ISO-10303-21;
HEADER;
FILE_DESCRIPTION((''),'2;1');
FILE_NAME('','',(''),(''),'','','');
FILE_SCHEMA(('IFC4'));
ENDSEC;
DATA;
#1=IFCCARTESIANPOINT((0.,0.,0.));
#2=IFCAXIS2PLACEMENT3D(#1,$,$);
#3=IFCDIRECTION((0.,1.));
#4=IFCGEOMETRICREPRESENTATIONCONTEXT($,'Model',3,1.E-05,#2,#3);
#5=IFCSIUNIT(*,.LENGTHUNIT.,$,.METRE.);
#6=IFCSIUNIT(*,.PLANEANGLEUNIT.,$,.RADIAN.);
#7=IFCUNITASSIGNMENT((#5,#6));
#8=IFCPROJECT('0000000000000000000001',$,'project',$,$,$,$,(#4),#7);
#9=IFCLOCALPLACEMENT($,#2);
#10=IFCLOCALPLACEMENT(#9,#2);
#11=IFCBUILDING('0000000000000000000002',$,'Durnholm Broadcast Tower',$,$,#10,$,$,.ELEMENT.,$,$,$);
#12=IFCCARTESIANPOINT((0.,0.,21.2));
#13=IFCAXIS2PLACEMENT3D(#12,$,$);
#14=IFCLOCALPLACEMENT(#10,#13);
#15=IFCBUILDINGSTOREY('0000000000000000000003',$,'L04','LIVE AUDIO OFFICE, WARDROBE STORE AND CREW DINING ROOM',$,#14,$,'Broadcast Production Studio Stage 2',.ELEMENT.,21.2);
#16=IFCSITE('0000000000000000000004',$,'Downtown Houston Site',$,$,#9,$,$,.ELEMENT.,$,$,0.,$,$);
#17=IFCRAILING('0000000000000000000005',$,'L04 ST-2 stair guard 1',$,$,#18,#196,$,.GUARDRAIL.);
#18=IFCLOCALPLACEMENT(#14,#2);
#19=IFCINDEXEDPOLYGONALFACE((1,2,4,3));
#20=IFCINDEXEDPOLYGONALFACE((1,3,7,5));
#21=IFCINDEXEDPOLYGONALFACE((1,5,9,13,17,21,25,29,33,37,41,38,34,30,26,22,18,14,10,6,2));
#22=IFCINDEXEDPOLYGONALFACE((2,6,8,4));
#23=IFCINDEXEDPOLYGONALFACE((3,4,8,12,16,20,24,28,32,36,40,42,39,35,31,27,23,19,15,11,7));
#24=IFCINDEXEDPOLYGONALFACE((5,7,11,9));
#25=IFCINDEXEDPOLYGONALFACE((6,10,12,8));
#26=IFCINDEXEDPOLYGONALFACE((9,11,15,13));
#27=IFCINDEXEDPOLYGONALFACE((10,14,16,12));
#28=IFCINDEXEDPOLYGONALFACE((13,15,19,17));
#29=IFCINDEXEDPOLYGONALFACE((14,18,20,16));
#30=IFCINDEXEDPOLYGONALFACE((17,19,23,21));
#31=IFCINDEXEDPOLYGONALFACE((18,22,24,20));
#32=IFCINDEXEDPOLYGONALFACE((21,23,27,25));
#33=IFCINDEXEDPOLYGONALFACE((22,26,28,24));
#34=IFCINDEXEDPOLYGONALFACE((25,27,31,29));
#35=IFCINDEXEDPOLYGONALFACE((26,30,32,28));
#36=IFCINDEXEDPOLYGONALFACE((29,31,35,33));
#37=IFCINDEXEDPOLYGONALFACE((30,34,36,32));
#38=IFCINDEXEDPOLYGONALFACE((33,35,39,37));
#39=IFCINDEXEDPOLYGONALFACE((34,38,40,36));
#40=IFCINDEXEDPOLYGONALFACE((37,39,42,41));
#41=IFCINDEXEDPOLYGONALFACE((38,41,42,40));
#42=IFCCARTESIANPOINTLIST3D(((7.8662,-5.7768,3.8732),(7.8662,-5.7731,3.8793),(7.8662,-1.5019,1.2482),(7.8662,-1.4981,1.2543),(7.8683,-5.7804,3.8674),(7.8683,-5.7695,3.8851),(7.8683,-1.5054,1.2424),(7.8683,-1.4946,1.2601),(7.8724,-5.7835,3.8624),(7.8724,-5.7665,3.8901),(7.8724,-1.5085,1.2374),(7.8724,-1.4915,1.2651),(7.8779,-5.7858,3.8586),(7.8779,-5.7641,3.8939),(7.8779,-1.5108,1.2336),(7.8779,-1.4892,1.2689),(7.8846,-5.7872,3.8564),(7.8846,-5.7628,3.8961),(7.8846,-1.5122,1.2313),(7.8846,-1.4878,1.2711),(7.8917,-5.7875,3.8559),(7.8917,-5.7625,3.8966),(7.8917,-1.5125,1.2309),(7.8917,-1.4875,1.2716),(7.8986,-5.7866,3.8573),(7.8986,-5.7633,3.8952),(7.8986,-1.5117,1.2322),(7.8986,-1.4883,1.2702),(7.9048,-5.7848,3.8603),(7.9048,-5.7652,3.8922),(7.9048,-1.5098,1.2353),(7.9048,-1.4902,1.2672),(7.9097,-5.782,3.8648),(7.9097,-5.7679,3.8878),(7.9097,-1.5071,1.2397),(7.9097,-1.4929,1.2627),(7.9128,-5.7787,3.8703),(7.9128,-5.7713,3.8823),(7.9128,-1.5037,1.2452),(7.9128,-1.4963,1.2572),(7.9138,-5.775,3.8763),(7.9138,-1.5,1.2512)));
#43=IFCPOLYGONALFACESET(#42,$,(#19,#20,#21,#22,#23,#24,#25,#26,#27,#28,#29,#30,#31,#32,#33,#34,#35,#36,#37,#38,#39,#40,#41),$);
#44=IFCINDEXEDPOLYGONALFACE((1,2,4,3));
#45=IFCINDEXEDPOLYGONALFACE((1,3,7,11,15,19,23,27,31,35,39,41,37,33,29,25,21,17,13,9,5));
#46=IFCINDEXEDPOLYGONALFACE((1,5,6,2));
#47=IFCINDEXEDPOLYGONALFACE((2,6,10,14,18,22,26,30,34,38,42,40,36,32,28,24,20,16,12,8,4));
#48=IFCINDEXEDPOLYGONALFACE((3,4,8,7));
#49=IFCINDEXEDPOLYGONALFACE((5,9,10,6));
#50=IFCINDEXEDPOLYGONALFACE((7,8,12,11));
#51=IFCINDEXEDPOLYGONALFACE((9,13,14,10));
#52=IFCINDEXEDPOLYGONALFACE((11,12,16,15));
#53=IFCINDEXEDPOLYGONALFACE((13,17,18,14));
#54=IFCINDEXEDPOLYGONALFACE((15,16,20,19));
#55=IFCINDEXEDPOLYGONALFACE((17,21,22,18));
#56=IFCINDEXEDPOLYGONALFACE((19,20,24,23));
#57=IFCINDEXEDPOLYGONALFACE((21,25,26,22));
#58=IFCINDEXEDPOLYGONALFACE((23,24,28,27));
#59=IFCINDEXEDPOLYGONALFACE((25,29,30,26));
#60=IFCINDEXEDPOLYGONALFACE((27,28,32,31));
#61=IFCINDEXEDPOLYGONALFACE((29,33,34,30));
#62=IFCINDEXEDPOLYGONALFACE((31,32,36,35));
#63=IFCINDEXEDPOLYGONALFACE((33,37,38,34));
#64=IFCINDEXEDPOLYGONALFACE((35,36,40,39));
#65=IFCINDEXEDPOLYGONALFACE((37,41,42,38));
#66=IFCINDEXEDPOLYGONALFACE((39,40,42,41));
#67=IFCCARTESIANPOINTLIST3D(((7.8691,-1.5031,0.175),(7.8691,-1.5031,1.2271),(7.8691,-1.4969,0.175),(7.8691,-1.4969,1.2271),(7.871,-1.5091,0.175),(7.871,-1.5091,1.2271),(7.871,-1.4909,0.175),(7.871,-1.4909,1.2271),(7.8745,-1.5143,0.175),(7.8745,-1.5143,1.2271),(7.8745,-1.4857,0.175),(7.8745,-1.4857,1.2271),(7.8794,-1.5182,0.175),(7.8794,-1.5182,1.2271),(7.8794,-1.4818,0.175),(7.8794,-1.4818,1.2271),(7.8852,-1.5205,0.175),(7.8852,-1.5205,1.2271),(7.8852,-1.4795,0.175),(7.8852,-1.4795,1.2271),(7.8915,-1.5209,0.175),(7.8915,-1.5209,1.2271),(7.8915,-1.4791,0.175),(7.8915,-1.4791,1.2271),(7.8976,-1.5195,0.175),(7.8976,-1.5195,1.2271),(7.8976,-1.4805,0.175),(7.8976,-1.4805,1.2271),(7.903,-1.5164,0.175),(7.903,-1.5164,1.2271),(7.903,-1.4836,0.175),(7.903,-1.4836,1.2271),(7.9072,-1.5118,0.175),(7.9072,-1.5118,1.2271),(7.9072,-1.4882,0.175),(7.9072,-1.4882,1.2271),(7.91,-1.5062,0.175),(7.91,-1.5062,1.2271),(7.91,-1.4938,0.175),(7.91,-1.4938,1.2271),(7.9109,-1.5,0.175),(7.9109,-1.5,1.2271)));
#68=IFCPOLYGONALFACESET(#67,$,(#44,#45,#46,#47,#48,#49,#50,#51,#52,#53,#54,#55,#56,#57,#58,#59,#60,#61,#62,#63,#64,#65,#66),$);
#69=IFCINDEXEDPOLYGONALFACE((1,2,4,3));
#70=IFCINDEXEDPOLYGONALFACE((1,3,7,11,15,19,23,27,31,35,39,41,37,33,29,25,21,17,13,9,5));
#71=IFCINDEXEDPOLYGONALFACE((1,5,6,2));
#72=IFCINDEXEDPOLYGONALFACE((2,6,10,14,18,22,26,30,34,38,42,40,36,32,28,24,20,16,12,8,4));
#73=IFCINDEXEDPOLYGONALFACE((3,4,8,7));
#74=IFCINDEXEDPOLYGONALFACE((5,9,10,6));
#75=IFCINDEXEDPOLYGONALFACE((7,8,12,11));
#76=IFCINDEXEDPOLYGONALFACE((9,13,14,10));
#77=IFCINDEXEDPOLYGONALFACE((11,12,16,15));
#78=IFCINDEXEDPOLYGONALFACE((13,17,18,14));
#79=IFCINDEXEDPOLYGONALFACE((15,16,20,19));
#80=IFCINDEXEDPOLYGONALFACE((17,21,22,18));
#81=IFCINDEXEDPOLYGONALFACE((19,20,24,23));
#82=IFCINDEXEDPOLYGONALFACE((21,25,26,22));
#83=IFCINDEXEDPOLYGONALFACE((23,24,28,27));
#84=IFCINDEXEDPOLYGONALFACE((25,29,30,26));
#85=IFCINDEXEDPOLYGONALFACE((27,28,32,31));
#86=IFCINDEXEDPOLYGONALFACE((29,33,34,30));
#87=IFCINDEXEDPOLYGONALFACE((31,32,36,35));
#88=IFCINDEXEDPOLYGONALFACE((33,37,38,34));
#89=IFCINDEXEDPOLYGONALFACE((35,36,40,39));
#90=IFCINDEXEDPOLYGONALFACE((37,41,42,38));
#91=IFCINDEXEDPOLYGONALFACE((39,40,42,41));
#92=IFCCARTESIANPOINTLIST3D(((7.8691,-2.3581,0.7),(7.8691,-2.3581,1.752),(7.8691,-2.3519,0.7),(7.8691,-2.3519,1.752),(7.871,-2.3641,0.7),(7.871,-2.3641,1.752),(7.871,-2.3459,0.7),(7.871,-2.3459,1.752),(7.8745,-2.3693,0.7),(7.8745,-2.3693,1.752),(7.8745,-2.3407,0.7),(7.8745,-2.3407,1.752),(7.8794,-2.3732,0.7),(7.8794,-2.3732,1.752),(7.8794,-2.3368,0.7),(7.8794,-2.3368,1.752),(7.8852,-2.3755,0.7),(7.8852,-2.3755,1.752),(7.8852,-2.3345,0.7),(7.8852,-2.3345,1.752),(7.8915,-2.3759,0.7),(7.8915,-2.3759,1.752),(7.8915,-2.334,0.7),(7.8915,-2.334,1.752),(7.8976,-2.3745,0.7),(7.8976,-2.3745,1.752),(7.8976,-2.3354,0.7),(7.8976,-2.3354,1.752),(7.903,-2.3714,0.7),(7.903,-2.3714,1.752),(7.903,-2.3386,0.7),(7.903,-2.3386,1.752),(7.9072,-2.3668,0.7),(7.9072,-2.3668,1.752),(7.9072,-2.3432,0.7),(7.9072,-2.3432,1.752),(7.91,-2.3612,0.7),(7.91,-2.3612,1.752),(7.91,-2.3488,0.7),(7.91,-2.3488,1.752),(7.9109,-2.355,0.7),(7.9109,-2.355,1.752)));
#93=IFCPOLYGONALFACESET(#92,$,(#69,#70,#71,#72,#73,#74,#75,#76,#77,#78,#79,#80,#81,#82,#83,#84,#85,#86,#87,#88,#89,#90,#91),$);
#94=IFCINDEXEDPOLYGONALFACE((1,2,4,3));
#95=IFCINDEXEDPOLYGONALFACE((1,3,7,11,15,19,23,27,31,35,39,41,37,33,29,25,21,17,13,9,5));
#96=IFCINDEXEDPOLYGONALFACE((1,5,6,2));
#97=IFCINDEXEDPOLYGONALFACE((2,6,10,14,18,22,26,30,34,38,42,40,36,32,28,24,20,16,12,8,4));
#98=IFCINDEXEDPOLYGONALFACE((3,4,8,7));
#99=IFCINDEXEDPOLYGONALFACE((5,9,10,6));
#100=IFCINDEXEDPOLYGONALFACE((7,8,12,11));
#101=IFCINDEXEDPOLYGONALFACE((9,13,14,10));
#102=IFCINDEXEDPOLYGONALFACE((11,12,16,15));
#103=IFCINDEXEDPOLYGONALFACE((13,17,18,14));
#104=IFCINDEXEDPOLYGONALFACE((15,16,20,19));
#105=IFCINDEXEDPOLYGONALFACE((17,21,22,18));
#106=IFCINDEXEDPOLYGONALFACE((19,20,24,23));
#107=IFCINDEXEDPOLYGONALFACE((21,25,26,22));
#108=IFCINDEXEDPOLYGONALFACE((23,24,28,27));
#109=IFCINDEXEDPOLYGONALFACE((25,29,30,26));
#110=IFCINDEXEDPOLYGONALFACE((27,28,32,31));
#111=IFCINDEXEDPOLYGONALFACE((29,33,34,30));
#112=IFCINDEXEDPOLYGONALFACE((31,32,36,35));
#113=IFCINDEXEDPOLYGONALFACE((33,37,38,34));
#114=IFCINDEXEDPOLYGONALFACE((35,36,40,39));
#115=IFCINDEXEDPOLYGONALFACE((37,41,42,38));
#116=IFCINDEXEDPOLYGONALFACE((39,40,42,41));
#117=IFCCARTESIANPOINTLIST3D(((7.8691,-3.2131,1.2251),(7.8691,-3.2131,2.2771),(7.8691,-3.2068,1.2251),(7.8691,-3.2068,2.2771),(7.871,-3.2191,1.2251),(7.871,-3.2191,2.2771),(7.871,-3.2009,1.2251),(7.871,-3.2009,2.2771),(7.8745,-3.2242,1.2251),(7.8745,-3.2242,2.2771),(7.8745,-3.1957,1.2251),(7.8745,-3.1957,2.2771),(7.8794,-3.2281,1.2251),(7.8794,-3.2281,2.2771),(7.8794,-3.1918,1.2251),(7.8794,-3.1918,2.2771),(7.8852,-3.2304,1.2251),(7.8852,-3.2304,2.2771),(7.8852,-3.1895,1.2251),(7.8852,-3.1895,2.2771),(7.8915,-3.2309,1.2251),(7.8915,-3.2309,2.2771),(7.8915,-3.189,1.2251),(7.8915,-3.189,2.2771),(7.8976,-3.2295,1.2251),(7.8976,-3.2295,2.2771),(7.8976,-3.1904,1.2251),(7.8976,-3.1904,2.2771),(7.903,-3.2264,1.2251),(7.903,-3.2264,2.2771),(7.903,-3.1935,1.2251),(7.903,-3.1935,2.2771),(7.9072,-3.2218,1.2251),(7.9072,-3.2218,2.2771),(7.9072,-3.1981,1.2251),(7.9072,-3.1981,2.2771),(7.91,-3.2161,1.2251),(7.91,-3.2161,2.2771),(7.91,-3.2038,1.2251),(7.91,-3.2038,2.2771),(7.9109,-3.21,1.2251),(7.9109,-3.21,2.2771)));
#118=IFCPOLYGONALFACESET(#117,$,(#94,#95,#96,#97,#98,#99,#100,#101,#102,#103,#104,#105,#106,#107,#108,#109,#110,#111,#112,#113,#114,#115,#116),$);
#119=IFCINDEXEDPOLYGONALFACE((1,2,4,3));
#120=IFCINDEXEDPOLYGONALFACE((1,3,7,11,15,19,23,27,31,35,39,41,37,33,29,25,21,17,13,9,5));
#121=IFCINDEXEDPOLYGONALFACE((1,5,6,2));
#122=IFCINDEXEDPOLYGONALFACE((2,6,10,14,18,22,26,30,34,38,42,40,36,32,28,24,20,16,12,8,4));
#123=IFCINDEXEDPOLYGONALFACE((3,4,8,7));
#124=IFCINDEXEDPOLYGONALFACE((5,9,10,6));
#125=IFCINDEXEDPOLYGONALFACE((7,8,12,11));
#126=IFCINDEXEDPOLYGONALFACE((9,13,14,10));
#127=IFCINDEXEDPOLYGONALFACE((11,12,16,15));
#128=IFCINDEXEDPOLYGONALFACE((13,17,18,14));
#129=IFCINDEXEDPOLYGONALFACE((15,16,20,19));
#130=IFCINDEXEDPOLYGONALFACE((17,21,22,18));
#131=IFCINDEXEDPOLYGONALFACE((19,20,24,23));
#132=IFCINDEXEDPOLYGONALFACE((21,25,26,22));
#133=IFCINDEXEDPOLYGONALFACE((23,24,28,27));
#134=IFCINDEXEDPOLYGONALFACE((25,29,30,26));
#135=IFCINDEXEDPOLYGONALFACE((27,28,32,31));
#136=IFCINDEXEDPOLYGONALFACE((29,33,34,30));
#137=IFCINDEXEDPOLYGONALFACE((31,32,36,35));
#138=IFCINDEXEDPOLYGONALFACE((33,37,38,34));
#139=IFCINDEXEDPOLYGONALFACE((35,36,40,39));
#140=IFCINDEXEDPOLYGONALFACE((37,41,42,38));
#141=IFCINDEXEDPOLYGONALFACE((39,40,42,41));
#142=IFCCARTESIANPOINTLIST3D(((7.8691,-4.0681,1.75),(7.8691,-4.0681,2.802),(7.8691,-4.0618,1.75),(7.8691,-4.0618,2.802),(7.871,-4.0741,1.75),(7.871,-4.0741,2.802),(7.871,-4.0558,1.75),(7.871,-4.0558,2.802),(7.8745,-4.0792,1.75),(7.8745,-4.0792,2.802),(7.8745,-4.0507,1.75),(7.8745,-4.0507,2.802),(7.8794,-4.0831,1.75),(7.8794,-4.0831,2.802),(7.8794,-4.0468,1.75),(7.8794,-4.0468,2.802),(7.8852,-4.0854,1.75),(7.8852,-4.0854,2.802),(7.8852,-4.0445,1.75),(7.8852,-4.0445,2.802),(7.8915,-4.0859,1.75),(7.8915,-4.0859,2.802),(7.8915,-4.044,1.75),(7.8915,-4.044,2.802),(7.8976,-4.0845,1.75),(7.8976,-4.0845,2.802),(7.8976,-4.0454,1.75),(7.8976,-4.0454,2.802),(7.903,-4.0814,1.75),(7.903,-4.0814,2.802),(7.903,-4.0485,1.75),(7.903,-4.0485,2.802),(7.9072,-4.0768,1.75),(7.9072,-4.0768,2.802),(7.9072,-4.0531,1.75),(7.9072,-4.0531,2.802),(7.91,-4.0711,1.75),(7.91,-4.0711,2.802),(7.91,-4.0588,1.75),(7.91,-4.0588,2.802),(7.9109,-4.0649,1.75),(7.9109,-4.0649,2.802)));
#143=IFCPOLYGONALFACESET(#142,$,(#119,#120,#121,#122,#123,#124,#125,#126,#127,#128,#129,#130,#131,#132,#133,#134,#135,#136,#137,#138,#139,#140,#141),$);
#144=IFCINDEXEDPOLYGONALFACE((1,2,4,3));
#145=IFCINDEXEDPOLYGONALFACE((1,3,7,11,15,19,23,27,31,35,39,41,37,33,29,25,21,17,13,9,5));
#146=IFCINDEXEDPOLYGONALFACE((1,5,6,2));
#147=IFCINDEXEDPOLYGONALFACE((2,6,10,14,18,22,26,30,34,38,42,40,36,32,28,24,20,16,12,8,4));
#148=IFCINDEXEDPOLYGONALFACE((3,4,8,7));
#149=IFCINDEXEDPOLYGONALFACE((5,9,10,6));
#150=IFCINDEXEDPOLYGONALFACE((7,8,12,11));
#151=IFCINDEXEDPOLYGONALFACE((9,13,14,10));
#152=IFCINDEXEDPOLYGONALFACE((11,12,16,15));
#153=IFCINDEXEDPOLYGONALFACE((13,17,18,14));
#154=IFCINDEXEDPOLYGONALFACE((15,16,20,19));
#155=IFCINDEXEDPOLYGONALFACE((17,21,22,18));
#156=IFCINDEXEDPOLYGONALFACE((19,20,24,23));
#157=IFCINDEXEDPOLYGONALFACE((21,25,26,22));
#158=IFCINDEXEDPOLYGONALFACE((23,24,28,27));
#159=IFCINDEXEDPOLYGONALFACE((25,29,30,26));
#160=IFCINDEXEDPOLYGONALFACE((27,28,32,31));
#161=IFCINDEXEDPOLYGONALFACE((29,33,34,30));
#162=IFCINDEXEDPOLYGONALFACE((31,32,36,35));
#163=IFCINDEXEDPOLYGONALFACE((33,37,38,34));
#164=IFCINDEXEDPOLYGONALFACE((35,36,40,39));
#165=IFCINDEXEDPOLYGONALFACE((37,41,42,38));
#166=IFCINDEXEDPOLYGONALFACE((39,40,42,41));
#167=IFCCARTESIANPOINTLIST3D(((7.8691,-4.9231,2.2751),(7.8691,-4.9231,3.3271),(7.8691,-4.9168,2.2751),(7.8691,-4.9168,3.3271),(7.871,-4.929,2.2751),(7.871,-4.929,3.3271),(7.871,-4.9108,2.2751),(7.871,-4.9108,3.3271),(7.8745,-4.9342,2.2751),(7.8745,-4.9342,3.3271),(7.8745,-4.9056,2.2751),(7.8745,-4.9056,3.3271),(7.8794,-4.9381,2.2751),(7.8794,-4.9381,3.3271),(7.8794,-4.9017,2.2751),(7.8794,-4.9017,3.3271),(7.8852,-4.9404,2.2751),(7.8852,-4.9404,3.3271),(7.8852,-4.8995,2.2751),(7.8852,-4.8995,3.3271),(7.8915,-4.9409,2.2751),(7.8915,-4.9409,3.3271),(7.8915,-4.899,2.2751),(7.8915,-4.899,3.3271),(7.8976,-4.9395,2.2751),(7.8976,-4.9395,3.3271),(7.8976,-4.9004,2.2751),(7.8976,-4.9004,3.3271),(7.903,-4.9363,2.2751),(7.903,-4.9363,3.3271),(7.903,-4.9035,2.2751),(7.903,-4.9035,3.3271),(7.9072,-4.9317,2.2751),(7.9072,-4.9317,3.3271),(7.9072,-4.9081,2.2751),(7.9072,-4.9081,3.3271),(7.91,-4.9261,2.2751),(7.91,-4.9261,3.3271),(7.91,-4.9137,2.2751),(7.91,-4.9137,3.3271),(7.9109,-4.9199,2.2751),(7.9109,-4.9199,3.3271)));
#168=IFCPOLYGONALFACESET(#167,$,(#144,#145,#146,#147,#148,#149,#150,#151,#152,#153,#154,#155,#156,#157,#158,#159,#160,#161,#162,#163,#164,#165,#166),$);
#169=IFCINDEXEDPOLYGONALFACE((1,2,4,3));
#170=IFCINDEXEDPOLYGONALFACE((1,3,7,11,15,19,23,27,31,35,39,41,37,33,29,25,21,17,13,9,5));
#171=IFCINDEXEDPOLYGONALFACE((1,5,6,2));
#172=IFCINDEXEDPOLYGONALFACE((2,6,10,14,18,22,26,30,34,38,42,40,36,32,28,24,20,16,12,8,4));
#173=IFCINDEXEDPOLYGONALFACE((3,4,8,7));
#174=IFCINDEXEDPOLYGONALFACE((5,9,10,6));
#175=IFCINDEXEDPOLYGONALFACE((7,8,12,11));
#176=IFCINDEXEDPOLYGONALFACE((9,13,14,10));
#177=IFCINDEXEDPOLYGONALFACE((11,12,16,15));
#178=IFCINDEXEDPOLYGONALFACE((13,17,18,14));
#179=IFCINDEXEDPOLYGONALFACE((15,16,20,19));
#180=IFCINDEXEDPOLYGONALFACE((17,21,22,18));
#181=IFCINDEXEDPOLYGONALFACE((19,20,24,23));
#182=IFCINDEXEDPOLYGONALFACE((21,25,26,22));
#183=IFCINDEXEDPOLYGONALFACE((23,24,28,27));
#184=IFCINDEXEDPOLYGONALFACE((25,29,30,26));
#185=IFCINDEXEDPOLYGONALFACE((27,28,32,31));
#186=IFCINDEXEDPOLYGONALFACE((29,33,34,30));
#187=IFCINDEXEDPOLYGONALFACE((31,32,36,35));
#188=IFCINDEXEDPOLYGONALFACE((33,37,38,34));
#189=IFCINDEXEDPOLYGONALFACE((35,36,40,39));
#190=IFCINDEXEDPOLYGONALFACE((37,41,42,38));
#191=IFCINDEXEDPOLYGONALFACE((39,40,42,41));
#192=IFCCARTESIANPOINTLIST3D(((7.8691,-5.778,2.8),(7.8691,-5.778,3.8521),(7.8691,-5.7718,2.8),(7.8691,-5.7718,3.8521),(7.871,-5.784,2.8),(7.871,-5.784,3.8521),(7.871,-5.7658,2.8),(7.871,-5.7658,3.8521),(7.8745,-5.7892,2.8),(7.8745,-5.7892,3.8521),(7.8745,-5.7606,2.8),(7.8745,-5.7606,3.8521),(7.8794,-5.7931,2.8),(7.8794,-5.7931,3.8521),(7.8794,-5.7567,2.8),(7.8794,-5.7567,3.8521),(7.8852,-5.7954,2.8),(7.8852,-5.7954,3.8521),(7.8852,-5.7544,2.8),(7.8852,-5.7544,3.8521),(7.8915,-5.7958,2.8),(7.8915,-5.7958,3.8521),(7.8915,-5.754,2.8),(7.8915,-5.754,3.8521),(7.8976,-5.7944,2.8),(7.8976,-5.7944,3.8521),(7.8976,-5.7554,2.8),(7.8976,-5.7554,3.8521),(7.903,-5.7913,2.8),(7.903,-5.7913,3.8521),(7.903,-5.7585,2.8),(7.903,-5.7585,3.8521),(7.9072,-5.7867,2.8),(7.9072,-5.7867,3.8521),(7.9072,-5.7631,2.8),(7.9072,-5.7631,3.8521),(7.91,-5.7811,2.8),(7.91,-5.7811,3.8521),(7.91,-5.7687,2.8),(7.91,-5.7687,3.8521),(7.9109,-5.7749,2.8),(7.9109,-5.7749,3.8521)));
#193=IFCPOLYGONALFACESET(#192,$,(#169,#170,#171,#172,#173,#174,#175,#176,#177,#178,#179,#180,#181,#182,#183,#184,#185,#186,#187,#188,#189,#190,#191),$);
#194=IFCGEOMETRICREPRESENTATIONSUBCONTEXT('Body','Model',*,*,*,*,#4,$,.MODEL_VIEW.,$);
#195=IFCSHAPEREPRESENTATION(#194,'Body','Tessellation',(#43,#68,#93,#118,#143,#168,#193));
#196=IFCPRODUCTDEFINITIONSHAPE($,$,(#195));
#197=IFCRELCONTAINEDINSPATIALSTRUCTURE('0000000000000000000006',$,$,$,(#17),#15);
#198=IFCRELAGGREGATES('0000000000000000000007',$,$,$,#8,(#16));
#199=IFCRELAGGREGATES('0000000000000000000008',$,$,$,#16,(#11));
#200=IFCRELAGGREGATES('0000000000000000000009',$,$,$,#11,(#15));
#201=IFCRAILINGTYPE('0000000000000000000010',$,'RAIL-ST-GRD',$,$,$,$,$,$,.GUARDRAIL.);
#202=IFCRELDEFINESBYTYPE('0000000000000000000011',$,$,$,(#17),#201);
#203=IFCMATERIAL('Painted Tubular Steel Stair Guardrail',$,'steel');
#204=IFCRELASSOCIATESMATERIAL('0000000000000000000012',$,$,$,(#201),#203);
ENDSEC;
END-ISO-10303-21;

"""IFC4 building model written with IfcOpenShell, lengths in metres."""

from ifc_helpers import new_model, si_unit, direction, frame, origin, origin_2d, place, context, subcontext, project, spatial, circle, extrude, material, type_object, element, save


model = new_model("IFC4")

# Units and contexts
model_context = context("Model", 3, precision=1e-05, world=origin(), true_north=direction((0.0, 1.0)))
body_context = subcontext(model_context, "Body", "Model", "MODEL_VIEW")
ifc_project = project(units=[si_unit("LENGTHUNIT", "METRE"), si_unit("PLANEANGLEUNIT", "RADIAN")], contexts=[model_context])

# Site, building, storey
site_placement = place(None, origin())
site = spatial("IfcSite", under=ifc_project, at=site_placement, Name="Downtown Houston Site", CompositionType="ELEMENT", RefElevation=0.0)
building_placement = place(site_placement, origin())
building = spatial("IfcBuilding", under=site, at=building_placement, Name="Durnholm Broadcast Tower", CompositionType="ELEMENT")
storey_placement = place(building_placement, frame((0.0, 0.0, 21.2)))
storey = spatial("IfcBuildingStorey", under=building, at=storey_placement, Name="L04", Description="LIVE AUDIO OFFICE, WARDROBE STORE AND CREW DINING ROOM", LongName="Broadcast Production Studio Stage 2", CompositionType="ELEMENT", Elevation=21.2)

# Railing
ifc_material_1 = material(Name="Painted Tubular Steel Stair Guardrail", Category="steel")
railing_type_1 = type_object("IfcRailingType", Name="RAIL-ST-GRD", PredefinedType="GUARDRAIL", material=ifc_material_1)
railing_1_placement = place(storey_placement, frame((7.8899, -1.5, 0.175)))
element("IfcRailing", 1, at=railing_1_placement, inside=storey, type_object=railing_type_1, Name="L04 ST-2 stair guard 1", PredefinedType="GUARDRAIL", context=body_context, shape_type="SweptSolid", body=[
    extrude(circle(Radius=0.0239, at=origin_2d()), frame((0.0, 0.0, 1.0762), z_axis=(0.0, -0.852166, 0.523272), x_axis=(1.0, 0.0, 0.0)), (0.0, 0.0, 1.0), 5.0166),
    extrude(circle(Radius=0.021, at=origin_2d()), origin(), (0.0, 0.0, 1.0), 1.052),
    extrude(circle(Radius=0.021, at=origin_2d()), frame((0.0, -0.855, 0.5249)), (0.0, 0.0, 1.0), 1.052),
    extrude(circle(Radius=0.021, at=origin_2d()), frame((0.0, -1.71, 1.05)), (0.0, 0.0, 1.0), 1.052),
    extrude(circle(Radius=0.021, at=origin_2d()), frame((0.0, -2.5649, 1.575)), (0.0, 0.0, 1.0), 1.052),
    extrude(circle(Radius=0.021, at=origin_2d()), frame((0.0, -3.4199, 2.1001)), (0.0, 0.0, 1.0), 1.052),
    extrude(circle(Radius=0.021, at=origin_2d()), frame((0.0, -4.2749, 2.625)), (0.0, 0.0, 1.0), 1.052),
])

save(model, "model.ifc")
